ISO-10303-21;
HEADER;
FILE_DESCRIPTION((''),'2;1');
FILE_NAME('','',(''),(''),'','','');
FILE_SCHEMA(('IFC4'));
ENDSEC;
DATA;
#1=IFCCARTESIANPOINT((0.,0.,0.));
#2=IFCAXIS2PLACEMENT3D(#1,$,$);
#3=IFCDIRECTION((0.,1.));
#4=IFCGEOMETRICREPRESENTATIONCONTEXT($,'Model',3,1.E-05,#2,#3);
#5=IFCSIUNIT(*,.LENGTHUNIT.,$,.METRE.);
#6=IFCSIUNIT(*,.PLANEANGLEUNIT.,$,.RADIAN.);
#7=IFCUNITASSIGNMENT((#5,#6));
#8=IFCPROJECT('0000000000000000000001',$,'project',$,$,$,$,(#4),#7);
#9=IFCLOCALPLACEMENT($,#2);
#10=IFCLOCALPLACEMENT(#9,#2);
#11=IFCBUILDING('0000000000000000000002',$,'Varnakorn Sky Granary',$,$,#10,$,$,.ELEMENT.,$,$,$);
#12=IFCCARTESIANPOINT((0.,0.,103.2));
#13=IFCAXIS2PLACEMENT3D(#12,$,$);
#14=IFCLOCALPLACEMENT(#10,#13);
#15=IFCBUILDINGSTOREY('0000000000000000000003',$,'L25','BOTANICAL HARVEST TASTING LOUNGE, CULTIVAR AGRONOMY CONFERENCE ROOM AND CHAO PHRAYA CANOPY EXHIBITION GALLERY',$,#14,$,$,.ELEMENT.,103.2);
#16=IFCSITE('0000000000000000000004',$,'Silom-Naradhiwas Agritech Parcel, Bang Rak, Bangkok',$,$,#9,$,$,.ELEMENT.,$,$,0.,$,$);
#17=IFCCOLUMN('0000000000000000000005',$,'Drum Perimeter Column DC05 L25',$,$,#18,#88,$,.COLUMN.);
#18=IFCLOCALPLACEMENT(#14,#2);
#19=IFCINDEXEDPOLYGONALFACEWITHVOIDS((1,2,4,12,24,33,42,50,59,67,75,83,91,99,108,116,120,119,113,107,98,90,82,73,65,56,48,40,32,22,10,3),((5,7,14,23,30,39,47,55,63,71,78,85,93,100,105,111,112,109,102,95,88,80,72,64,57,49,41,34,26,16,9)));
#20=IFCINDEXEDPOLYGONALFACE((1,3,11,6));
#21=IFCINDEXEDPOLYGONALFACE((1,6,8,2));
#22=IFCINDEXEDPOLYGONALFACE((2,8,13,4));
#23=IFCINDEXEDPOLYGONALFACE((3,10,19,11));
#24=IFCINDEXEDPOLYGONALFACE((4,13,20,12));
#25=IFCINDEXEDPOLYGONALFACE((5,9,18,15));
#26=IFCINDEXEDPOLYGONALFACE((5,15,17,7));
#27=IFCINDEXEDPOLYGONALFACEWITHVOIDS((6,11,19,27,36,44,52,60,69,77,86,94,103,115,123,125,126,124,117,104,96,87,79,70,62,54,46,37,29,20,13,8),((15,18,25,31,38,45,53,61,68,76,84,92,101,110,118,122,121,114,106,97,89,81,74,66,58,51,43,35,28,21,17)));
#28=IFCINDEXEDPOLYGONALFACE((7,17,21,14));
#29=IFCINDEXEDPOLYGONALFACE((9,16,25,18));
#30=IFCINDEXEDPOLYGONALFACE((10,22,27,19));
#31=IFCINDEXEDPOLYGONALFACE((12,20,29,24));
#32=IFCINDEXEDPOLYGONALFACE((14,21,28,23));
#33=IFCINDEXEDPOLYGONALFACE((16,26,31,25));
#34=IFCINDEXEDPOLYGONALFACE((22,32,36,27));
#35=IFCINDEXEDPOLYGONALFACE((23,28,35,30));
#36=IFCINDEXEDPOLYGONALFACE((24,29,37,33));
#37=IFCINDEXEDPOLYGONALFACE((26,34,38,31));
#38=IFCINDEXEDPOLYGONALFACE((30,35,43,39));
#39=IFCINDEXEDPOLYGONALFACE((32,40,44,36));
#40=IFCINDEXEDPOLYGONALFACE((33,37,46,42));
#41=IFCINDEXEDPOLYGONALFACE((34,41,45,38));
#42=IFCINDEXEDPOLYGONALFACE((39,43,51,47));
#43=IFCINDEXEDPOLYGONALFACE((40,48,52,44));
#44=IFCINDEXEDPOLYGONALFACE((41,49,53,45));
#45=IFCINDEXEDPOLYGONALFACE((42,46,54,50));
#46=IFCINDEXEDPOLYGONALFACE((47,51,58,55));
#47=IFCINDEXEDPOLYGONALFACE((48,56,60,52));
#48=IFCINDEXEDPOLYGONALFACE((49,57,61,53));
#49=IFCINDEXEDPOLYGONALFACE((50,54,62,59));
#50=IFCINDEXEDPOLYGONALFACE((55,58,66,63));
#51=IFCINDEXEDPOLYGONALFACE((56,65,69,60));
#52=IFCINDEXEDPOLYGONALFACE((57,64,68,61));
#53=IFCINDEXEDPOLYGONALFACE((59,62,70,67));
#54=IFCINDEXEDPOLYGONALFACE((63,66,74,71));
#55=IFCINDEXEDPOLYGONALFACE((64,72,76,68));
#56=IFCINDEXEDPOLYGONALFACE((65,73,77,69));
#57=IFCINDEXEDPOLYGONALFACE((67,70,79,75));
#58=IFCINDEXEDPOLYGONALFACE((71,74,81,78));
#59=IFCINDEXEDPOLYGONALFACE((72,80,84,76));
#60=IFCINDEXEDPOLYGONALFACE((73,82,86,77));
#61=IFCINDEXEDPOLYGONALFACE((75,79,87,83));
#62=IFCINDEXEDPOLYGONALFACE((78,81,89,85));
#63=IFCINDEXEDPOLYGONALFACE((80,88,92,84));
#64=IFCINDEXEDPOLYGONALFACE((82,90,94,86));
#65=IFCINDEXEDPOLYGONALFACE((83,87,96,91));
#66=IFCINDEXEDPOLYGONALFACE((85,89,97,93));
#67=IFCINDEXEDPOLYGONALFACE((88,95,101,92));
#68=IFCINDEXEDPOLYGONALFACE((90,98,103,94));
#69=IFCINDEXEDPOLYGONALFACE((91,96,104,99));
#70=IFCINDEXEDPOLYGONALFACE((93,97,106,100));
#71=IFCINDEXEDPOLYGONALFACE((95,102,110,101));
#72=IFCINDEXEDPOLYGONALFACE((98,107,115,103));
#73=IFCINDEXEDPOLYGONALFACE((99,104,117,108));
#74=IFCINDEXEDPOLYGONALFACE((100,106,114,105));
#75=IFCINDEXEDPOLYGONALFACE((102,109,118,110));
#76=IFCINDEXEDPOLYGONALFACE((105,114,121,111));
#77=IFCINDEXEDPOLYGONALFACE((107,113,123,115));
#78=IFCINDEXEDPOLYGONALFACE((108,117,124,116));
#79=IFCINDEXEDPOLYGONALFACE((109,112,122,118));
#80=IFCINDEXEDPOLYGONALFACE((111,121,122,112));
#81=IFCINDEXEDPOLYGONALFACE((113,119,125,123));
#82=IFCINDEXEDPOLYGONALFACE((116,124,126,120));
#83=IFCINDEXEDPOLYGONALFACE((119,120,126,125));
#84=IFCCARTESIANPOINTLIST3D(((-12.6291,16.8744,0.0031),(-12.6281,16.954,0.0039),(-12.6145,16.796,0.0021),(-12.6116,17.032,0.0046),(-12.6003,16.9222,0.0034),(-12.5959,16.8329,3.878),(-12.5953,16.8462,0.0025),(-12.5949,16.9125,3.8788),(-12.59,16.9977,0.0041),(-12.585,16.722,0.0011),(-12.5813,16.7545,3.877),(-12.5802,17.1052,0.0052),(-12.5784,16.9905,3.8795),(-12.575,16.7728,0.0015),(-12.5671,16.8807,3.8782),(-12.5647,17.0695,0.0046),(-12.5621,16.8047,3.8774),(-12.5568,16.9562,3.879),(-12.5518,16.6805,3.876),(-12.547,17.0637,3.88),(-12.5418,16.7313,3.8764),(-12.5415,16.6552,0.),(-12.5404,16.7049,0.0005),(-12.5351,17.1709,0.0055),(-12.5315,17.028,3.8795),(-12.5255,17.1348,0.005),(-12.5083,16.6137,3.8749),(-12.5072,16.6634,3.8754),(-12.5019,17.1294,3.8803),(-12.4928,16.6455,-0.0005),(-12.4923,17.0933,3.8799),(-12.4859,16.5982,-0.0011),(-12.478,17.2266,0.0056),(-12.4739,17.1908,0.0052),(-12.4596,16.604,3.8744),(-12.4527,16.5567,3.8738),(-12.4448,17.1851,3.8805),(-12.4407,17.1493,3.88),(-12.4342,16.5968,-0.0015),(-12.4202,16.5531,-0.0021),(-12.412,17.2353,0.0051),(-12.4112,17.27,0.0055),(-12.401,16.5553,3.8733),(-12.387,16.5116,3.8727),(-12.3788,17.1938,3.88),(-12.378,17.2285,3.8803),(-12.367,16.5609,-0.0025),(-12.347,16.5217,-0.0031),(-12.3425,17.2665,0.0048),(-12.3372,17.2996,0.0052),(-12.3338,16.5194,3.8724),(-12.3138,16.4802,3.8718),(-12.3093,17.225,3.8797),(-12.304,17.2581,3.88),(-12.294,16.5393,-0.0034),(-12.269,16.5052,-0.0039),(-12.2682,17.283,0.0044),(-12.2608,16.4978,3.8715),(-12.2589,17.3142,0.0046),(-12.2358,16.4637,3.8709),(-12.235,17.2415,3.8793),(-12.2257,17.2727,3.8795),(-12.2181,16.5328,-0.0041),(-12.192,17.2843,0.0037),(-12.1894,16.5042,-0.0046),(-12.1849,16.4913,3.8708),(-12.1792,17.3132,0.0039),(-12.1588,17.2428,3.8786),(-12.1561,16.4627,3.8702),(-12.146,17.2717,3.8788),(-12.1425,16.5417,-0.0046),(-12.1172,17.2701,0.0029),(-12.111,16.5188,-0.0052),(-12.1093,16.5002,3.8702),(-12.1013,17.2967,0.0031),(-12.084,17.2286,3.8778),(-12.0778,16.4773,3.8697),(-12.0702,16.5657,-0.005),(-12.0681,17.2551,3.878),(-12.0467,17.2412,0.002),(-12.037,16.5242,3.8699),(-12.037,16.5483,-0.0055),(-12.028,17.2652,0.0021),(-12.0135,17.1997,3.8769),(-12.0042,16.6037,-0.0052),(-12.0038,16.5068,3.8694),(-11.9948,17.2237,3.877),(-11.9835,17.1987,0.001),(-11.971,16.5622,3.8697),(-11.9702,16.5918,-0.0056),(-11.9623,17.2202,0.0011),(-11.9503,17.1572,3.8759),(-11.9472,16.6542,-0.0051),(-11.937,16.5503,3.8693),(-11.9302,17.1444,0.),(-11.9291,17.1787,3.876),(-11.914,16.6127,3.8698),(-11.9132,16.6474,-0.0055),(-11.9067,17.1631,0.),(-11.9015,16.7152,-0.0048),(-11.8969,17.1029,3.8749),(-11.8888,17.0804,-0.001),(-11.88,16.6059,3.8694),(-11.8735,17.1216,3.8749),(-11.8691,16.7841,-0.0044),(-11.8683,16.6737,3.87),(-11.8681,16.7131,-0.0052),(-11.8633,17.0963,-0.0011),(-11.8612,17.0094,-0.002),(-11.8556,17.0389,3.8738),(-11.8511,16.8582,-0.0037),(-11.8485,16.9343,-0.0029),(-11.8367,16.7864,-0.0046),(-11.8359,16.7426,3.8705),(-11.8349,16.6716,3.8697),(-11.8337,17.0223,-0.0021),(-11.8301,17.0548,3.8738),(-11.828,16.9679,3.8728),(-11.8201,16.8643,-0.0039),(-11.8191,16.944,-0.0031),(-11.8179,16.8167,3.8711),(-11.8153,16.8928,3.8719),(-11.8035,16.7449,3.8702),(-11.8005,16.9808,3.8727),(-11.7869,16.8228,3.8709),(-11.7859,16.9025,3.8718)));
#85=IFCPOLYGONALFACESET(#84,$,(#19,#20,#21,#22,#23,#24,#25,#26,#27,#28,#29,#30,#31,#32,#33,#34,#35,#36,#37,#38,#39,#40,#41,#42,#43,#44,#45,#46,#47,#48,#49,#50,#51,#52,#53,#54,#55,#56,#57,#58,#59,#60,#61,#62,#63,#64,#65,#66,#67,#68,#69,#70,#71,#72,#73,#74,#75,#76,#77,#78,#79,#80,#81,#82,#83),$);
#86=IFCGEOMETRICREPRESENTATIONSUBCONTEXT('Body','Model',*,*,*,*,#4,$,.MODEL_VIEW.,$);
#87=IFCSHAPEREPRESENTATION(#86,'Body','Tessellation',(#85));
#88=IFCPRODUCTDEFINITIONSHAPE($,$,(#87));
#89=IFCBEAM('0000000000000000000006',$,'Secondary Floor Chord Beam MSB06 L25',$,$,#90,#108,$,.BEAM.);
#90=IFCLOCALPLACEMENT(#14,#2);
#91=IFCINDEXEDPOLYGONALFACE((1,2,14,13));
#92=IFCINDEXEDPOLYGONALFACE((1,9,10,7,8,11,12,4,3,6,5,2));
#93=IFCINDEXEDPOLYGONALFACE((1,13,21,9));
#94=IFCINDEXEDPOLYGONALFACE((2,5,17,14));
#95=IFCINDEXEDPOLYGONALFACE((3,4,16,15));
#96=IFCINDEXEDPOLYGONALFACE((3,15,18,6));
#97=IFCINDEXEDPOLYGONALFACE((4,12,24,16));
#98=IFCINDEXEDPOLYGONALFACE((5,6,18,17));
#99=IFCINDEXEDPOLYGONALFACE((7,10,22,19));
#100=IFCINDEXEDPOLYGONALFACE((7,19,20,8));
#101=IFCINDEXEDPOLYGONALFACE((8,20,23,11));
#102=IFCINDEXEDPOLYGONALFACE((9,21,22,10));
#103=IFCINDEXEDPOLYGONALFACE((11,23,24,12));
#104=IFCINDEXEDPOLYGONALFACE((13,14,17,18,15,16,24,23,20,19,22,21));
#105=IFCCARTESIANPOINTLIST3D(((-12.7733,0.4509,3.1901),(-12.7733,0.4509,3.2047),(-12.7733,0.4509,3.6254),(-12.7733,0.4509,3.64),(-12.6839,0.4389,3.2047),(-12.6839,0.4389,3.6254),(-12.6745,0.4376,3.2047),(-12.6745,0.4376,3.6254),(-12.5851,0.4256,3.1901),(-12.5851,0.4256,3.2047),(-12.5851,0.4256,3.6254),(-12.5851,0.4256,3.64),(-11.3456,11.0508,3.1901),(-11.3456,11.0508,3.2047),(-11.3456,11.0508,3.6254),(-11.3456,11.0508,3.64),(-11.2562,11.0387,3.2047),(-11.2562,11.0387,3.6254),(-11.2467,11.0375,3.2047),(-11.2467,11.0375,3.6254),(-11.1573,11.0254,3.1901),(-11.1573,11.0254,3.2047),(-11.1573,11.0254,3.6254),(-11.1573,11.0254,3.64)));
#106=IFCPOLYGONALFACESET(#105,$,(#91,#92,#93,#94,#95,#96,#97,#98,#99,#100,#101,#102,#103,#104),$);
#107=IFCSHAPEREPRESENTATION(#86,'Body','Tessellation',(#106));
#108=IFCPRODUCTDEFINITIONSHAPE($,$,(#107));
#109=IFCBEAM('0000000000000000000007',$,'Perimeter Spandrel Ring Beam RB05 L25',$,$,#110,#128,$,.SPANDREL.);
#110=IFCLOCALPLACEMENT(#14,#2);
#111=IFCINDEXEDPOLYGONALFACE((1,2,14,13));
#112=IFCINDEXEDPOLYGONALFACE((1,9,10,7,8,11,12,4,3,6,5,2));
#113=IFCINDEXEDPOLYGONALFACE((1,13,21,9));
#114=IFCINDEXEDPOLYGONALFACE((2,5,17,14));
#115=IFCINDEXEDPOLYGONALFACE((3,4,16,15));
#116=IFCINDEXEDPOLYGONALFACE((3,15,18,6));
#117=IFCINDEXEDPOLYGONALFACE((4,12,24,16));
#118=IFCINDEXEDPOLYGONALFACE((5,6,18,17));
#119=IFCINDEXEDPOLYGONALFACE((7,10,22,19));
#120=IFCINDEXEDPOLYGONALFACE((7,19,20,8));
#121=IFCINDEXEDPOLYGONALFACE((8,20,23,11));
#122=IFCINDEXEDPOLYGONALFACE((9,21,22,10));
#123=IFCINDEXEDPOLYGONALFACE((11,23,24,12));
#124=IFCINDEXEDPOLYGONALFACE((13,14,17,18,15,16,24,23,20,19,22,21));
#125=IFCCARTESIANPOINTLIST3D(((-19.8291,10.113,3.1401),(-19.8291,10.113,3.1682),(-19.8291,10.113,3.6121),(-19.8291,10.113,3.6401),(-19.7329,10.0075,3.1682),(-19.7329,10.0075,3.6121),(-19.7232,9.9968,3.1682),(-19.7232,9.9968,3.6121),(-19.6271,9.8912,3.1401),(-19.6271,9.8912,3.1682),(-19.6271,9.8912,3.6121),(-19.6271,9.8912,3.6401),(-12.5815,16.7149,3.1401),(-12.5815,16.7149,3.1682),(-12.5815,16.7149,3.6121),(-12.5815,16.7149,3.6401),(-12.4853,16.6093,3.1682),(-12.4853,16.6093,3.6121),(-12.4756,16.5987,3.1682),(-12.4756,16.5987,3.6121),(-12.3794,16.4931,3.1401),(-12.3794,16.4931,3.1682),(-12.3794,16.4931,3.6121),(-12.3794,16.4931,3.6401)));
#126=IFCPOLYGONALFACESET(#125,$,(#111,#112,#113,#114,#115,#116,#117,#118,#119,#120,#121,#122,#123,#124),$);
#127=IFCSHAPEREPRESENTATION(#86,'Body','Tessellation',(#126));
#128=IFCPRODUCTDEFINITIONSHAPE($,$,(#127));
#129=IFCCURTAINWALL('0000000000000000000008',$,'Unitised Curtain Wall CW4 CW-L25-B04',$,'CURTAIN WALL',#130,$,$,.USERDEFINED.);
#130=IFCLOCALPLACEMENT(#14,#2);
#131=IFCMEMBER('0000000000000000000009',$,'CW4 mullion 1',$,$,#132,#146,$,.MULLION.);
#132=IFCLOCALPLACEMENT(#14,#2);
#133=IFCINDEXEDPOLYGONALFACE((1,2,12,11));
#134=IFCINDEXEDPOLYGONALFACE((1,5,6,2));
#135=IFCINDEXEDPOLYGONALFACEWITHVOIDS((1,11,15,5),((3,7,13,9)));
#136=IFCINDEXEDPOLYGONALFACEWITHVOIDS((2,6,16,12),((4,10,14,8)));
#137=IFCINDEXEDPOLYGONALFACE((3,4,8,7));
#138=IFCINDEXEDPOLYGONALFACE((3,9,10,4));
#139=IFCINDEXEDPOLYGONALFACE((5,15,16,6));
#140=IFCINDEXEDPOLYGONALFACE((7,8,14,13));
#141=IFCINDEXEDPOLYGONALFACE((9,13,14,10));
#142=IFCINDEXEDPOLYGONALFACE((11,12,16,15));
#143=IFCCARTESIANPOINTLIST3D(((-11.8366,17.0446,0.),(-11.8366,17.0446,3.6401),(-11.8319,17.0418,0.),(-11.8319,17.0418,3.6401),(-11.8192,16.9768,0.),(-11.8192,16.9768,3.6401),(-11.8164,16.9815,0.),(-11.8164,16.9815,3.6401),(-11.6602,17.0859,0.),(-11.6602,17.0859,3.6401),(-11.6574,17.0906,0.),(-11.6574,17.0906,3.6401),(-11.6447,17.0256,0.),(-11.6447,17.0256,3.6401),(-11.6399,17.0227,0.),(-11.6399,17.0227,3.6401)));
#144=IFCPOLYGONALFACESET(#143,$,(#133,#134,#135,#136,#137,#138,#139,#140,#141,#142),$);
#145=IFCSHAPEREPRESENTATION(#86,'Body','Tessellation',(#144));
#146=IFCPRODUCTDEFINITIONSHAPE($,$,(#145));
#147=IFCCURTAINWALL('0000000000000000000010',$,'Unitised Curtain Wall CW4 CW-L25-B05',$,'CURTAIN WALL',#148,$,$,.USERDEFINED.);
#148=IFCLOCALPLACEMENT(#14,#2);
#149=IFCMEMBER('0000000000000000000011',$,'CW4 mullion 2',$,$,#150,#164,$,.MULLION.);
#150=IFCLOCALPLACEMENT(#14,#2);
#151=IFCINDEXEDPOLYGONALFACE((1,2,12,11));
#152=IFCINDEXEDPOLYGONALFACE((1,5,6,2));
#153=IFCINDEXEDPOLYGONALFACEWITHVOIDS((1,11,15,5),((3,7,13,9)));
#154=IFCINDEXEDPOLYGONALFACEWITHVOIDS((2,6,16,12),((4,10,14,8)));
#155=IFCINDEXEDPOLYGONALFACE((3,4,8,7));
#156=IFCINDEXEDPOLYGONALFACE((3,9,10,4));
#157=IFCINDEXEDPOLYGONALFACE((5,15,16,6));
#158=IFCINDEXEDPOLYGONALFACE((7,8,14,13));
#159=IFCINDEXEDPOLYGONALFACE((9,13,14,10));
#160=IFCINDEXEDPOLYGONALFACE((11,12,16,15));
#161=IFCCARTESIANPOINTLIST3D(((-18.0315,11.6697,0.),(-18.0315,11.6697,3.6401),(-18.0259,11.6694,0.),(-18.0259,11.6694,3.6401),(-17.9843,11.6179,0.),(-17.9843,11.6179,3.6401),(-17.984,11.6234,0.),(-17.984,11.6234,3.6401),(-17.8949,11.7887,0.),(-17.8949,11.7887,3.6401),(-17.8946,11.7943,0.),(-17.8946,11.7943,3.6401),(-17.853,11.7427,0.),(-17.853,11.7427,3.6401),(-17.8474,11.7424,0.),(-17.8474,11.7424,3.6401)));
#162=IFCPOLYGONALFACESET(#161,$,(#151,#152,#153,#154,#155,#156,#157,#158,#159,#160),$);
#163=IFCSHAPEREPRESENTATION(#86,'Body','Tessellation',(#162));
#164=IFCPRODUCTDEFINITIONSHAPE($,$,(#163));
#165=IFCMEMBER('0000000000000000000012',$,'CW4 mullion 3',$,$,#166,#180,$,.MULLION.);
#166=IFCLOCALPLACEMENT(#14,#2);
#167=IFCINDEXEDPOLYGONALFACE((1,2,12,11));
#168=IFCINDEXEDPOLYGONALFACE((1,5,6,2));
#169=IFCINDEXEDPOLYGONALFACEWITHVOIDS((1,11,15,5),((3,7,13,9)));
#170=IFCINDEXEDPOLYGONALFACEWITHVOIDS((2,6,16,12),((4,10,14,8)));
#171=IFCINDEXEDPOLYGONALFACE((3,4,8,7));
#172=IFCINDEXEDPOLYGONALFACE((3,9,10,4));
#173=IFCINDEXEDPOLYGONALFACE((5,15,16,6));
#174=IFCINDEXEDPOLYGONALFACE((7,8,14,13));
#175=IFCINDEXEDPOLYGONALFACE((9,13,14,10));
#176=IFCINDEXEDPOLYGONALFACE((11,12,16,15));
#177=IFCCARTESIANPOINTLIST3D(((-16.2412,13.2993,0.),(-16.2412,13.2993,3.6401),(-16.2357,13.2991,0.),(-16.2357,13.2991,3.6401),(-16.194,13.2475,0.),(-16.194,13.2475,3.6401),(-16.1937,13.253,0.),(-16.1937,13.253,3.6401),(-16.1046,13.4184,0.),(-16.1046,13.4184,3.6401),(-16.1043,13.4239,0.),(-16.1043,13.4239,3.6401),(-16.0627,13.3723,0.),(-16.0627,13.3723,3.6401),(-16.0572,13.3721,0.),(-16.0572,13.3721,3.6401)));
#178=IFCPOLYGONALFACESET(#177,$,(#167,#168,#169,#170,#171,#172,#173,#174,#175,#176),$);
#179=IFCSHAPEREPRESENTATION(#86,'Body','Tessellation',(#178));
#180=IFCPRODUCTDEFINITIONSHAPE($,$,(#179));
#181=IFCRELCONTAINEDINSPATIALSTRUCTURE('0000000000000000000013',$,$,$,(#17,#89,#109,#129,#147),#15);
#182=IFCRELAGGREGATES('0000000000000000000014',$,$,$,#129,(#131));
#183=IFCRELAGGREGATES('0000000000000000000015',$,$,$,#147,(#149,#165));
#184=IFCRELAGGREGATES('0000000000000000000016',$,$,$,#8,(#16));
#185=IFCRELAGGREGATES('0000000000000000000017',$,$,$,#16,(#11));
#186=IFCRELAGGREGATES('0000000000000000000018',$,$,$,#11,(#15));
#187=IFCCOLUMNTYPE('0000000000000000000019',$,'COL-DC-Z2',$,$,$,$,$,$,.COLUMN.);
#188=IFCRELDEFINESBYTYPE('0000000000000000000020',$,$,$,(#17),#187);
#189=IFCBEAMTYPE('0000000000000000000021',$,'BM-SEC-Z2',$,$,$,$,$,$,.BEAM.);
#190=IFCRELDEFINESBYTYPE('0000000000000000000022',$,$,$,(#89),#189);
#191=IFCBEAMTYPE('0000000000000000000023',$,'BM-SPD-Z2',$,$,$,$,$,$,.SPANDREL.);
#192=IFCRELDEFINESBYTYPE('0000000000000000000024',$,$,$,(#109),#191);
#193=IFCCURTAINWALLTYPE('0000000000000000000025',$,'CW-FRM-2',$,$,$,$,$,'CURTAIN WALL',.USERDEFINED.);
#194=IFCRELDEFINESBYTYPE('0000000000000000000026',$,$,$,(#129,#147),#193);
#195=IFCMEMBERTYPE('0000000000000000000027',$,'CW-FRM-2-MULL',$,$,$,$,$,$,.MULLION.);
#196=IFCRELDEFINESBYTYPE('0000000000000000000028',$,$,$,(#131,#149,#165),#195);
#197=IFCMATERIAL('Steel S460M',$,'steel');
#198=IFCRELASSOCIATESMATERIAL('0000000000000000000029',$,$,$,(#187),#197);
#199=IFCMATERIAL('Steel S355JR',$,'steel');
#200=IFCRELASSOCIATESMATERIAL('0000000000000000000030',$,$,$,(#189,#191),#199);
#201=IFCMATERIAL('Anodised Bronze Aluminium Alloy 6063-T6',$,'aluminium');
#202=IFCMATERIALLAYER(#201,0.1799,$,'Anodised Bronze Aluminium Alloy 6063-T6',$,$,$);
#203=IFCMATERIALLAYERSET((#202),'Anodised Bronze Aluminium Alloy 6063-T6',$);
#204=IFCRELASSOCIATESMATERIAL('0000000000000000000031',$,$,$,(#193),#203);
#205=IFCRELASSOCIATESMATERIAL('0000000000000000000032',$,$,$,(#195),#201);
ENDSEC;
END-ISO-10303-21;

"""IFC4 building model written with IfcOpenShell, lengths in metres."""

from ifc_helpers import new_model, si_unit, direction, frame, origin, origin_2d, place, context, subcontext, project, spatial, hollow_rectangle, hollow_circle, i_section, extrude, material, layer, layer_set, material_profile, profile_set, type_object, element, aggregate, save


model = new_model("IFC4")

# Units and contexts
model_context = context("Model", 3, precision=1e-05, world=origin(), true_north=direction((0.0, 1.0)))
body_context = subcontext(model_context, "Body", "Model", "MODEL_VIEW")
ifc_project = project(units=[si_unit("LENGTHUNIT", "METRE"), si_unit("PLANEANGLEUNIT", "RADIAN")], contexts=[model_context])

# Site, building, storey
site_placement = place(None, origin())
site = spatial("IfcSite", under=ifc_project, at=site_placement, Name="Silom-Naradhiwas Agritech Parcel, Bang Rak, Bangkok", CompositionType="ELEMENT", RefElevation=0.0)
building_placement = place(site_placement, origin())
building = spatial("IfcBuilding", under=site, at=building_placement, Name="Varnakorn Sky Granary", CompositionType="ELEMENT")
storey_placement = place(building_placement, frame((0.0, 0.0, 103.2)))
storey = spatial("IfcBuildingStorey", under=building, at=storey_placement, Name="L25", Description="BOTANICAL HARVEST TASTING LOUNGE, CULTIVAR AGRONOMY CONFERENCE ROOM AND CHAO PHRAYA CANOPY EXHIBITION GALLERY", CompositionType="ELEMENT", Elevation=103.2)

# Column
ifc_material_1 = material(Name="Steel S460M", Category="steel")
ifc_material_profile_1 = material_profile(ifc_material_1, hollow_circle(Radius=0.4065, WallThickness=0.03, at=origin_2d()), Name="CHS 813x30")
ifc_profile_set_1 = profile_set([ifc_material_profile_1], Name="Steel S460M")
column_type = type_object("IfcColumnType", Name="COL-DC-Z2", PredefinedType="COLUMN", material=ifc_profile_set_1)
column_placement = place(storey_placement, frame((-12.2241, 16.9092, 0.0), z_axis=(0.008568, -0.01071, 0.999906), x_axis=(0.780869, 0.624695, 0.0)))
element("IfcColumn", 1, at=column_placement, inside=storey, type_object=column_type, Name="Drum Perimeter Column DC05 L25", PredefinedType="COLUMN", context=body_context, shape_type="SweptSolid", body=[
    extrude(hollow_circle(Radius=0.4065, WallThickness=0.03, at=origin_2d()), origin(), (0.0, 0.0, 1.0), 3.8752),
])

# Beams
ifc_material_2 = material(Name="Steel S355JR", Category="steel")
ifc_material_profile_2 = material_profile(ifc_material_2, i_section(OverallWidth=0.1899, OverallDepth=0.45, WebThickness=0.0095, FlangeThickness=0.0146, at=origin_2d()), Name="IPE 450")
ifc_profile_set_2 = profile_set([ifc_material_profile_2], Name="Steel S355JR")
beam_type_1 = type_object("IfcBeamType", Name="BM-SEC-Z2", PredefinedType="BEAM", material=ifc_profile_set_2)
beam_1_placement = place(storey_placement, frame((-11.2515, 11.0381, 3.415), z_axis=(-0.133488, -0.99105, 0.0), x_axis=(0.99105, -0.133488, 0.0)))
element("IfcBeam", 2, at=beam_1_placement, inside=storey, type_object=beam_type_1, Name="Secondary Floor Chord Beam MSB06 L25", PredefinedType="BEAM", context=body_context, shape_type="SweptSolid", body=[
    extrude(i_section(OverallWidth=0.1899, OverallDepth=0.45, WebThickness=0.0095, FlangeThickness=0.0146, at=origin_2d()), origin(), (0.0, 0.0, 1.0), 10.6956),
])
ifc_material_profile_3 = material_profile(ifc_material_2, i_section(OverallWidth=0.3, OverallDepth=0.5, WebThickness=0.0144, FlangeThickness=0.0281, at=origin_2d()), Name="HE 500 B")
ifc_profile_set_3 = profile_set([ifc_material_profile_3], Name="Steel S355JR")
beam_type_2 = type_object("IfcBeamType", Name="BM-SPD-Z2", PredefinedType="SPANDREL", material=ifc_profile_set_3)
beam_2_placement = place(storey_placement, frame((-12.4805, 16.604, 3.3901), z_axis=(-0.739274, -0.673405, 0.0), x_axis=(0.673405, -0.739274, 0.0)))
element("IfcBeam", 3, at=beam_2_placement, inside=storey, type_object=beam_type_2, Name="Perimeter Spandrel Ring Beam RB05 L25", PredefinedType="SPANDREL", context=body_context, shape_type="SweptSolid", body=[
    extrude(i_section(OverallWidth=0.3, OverallDepth=0.5, WebThickness=0.0144, FlangeThickness=0.0281, at=origin_2d()), origin(), (0.0, 0.0, 1.0), 9.8037),
])

# Curtain wall, member
ifc_material_3 = material(Name="Anodised Bronze Aluminium Alloy 6063-T6", Category="aluminium")
ifc_layer_1 = layer(ifc_material_3, 0.1799, Name="Anodised Bronze Aluminium Alloy 6063-T6")
ifc_layer_set_1 = layer_set([ifc_layer_1], Name="Anodised Bronze Aluminium Alloy 6063-T6")
curtain_wall_type = type_object("IfcCurtainWallType", Name="CW-FRM-2", ElementType="CURTAIN WALL", PredefinedType="USERDEFINED", material=ifc_layer_set_1)
curtain_wall_1_placement = place(storey_placement, origin())
curtain_wall_1 = element("IfcCurtainWall", 4, at=curtain_wall_1_placement, inside=storey, type_object=curtain_wall_type, Name="Unitised Curtain Wall CW4 CW-L25-B04", ObjectType="CURTAIN WALL", PredefinedType="USERDEFINED")
ifc_material_profile_4 = material_profile(ifc_material_3, hollow_rectangle(XDim=0.0701, YDim=0.1851, WallThickness=0.0039, at=origin_2d()), Name="ALU MULL 70x185")
ifc_profile_set_4 = profile_set([ifc_material_profile_4], Name="Anodised Bronze Aluminium Alloy 6063-T6")
member_type_1 = type_object("IfcMemberType", Name="CW-FRM-2-MULL", PredefinedType="MULLION", material=ifc_profile_set_4)
member_1_placement = place(storey_placement, frame((-11.7383, 17.0337, 0.0), z_axis=(0.0, 0.0, 1.0), x_axis=(-0.248477, 0.968638, 0.0)))
member_1 = element("IfcMember", 5, at=member_1_placement, type_object=member_type_1, Name="CW4 mullion 1", PredefinedType="MULLION", context=body_context, shape_type="SweptSolid", body=[
    extrude(hollow_rectangle(XDim=0.0701, YDim=0.1851, WallThickness=0.0039, at=origin_2d()), origin(), (0.0, 0.0, 1.0), 3.6401),
])

# Curtain wall, members
curtain_wall_2_placement = place(storey_placement, origin())
curtain_wall_2 = element("IfcCurtainWall", 6, at=curtain_wall_2_placement, inside=storey, type_object=curtain_wall_type, Name="Unitised Curtain Wall CW4 CW-L25-B05", ObjectType="CURTAIN WALL", PredefinedType="USERDEFINED")
member_2_placement = place(storey_placement, frame((-17.9395, 11.7061, 0.0), z_axis=(0.0, 0.0, 1.0), x_axis=(-0.673185, 0.739474, 0.0)))
member_2 = element("IfcMember", 7, at=member_2_placement, type_object=member_type_1, Name="CW4 mullion 2", PredefinedType="MULLION", context=body_context, shape_type="SweptSolid", body=[
    extrude(hollow_rectangle(XDim=0.0701, YDim=0.1851, WallThickness=0.0039, at=origin_2d()), origin(), (0.0, 0.0, 1.0), 3.6401),
])
member_3_placement = place(storey_placement, frame((-16.1492, 13.3357, 0.0), z_axis=(0.0, 0.0, 1.0), x_axis=(-0.673185, 0.739474, 0.0)))
member_3 = element("IfcMember", 8, at=member_3_placement, type_object=member_type_1, Name="CW4 mullion 3", PredefinedType="MULLION", context=body_context, shape_type="SweptSolid", body=[
    extrude(hollow_rectangle(XDim=0.0701, YDim=0.1851, WallThickness=0.0039, at=origin_2d()), origin(), (0.0, 0.0, 1.0), 3.6401),
])

aggregate(curtain_wall_1, [member_1])

aggregate(curtain_wall_2, [member_2, member_3])

save(model, "model.ifc")
